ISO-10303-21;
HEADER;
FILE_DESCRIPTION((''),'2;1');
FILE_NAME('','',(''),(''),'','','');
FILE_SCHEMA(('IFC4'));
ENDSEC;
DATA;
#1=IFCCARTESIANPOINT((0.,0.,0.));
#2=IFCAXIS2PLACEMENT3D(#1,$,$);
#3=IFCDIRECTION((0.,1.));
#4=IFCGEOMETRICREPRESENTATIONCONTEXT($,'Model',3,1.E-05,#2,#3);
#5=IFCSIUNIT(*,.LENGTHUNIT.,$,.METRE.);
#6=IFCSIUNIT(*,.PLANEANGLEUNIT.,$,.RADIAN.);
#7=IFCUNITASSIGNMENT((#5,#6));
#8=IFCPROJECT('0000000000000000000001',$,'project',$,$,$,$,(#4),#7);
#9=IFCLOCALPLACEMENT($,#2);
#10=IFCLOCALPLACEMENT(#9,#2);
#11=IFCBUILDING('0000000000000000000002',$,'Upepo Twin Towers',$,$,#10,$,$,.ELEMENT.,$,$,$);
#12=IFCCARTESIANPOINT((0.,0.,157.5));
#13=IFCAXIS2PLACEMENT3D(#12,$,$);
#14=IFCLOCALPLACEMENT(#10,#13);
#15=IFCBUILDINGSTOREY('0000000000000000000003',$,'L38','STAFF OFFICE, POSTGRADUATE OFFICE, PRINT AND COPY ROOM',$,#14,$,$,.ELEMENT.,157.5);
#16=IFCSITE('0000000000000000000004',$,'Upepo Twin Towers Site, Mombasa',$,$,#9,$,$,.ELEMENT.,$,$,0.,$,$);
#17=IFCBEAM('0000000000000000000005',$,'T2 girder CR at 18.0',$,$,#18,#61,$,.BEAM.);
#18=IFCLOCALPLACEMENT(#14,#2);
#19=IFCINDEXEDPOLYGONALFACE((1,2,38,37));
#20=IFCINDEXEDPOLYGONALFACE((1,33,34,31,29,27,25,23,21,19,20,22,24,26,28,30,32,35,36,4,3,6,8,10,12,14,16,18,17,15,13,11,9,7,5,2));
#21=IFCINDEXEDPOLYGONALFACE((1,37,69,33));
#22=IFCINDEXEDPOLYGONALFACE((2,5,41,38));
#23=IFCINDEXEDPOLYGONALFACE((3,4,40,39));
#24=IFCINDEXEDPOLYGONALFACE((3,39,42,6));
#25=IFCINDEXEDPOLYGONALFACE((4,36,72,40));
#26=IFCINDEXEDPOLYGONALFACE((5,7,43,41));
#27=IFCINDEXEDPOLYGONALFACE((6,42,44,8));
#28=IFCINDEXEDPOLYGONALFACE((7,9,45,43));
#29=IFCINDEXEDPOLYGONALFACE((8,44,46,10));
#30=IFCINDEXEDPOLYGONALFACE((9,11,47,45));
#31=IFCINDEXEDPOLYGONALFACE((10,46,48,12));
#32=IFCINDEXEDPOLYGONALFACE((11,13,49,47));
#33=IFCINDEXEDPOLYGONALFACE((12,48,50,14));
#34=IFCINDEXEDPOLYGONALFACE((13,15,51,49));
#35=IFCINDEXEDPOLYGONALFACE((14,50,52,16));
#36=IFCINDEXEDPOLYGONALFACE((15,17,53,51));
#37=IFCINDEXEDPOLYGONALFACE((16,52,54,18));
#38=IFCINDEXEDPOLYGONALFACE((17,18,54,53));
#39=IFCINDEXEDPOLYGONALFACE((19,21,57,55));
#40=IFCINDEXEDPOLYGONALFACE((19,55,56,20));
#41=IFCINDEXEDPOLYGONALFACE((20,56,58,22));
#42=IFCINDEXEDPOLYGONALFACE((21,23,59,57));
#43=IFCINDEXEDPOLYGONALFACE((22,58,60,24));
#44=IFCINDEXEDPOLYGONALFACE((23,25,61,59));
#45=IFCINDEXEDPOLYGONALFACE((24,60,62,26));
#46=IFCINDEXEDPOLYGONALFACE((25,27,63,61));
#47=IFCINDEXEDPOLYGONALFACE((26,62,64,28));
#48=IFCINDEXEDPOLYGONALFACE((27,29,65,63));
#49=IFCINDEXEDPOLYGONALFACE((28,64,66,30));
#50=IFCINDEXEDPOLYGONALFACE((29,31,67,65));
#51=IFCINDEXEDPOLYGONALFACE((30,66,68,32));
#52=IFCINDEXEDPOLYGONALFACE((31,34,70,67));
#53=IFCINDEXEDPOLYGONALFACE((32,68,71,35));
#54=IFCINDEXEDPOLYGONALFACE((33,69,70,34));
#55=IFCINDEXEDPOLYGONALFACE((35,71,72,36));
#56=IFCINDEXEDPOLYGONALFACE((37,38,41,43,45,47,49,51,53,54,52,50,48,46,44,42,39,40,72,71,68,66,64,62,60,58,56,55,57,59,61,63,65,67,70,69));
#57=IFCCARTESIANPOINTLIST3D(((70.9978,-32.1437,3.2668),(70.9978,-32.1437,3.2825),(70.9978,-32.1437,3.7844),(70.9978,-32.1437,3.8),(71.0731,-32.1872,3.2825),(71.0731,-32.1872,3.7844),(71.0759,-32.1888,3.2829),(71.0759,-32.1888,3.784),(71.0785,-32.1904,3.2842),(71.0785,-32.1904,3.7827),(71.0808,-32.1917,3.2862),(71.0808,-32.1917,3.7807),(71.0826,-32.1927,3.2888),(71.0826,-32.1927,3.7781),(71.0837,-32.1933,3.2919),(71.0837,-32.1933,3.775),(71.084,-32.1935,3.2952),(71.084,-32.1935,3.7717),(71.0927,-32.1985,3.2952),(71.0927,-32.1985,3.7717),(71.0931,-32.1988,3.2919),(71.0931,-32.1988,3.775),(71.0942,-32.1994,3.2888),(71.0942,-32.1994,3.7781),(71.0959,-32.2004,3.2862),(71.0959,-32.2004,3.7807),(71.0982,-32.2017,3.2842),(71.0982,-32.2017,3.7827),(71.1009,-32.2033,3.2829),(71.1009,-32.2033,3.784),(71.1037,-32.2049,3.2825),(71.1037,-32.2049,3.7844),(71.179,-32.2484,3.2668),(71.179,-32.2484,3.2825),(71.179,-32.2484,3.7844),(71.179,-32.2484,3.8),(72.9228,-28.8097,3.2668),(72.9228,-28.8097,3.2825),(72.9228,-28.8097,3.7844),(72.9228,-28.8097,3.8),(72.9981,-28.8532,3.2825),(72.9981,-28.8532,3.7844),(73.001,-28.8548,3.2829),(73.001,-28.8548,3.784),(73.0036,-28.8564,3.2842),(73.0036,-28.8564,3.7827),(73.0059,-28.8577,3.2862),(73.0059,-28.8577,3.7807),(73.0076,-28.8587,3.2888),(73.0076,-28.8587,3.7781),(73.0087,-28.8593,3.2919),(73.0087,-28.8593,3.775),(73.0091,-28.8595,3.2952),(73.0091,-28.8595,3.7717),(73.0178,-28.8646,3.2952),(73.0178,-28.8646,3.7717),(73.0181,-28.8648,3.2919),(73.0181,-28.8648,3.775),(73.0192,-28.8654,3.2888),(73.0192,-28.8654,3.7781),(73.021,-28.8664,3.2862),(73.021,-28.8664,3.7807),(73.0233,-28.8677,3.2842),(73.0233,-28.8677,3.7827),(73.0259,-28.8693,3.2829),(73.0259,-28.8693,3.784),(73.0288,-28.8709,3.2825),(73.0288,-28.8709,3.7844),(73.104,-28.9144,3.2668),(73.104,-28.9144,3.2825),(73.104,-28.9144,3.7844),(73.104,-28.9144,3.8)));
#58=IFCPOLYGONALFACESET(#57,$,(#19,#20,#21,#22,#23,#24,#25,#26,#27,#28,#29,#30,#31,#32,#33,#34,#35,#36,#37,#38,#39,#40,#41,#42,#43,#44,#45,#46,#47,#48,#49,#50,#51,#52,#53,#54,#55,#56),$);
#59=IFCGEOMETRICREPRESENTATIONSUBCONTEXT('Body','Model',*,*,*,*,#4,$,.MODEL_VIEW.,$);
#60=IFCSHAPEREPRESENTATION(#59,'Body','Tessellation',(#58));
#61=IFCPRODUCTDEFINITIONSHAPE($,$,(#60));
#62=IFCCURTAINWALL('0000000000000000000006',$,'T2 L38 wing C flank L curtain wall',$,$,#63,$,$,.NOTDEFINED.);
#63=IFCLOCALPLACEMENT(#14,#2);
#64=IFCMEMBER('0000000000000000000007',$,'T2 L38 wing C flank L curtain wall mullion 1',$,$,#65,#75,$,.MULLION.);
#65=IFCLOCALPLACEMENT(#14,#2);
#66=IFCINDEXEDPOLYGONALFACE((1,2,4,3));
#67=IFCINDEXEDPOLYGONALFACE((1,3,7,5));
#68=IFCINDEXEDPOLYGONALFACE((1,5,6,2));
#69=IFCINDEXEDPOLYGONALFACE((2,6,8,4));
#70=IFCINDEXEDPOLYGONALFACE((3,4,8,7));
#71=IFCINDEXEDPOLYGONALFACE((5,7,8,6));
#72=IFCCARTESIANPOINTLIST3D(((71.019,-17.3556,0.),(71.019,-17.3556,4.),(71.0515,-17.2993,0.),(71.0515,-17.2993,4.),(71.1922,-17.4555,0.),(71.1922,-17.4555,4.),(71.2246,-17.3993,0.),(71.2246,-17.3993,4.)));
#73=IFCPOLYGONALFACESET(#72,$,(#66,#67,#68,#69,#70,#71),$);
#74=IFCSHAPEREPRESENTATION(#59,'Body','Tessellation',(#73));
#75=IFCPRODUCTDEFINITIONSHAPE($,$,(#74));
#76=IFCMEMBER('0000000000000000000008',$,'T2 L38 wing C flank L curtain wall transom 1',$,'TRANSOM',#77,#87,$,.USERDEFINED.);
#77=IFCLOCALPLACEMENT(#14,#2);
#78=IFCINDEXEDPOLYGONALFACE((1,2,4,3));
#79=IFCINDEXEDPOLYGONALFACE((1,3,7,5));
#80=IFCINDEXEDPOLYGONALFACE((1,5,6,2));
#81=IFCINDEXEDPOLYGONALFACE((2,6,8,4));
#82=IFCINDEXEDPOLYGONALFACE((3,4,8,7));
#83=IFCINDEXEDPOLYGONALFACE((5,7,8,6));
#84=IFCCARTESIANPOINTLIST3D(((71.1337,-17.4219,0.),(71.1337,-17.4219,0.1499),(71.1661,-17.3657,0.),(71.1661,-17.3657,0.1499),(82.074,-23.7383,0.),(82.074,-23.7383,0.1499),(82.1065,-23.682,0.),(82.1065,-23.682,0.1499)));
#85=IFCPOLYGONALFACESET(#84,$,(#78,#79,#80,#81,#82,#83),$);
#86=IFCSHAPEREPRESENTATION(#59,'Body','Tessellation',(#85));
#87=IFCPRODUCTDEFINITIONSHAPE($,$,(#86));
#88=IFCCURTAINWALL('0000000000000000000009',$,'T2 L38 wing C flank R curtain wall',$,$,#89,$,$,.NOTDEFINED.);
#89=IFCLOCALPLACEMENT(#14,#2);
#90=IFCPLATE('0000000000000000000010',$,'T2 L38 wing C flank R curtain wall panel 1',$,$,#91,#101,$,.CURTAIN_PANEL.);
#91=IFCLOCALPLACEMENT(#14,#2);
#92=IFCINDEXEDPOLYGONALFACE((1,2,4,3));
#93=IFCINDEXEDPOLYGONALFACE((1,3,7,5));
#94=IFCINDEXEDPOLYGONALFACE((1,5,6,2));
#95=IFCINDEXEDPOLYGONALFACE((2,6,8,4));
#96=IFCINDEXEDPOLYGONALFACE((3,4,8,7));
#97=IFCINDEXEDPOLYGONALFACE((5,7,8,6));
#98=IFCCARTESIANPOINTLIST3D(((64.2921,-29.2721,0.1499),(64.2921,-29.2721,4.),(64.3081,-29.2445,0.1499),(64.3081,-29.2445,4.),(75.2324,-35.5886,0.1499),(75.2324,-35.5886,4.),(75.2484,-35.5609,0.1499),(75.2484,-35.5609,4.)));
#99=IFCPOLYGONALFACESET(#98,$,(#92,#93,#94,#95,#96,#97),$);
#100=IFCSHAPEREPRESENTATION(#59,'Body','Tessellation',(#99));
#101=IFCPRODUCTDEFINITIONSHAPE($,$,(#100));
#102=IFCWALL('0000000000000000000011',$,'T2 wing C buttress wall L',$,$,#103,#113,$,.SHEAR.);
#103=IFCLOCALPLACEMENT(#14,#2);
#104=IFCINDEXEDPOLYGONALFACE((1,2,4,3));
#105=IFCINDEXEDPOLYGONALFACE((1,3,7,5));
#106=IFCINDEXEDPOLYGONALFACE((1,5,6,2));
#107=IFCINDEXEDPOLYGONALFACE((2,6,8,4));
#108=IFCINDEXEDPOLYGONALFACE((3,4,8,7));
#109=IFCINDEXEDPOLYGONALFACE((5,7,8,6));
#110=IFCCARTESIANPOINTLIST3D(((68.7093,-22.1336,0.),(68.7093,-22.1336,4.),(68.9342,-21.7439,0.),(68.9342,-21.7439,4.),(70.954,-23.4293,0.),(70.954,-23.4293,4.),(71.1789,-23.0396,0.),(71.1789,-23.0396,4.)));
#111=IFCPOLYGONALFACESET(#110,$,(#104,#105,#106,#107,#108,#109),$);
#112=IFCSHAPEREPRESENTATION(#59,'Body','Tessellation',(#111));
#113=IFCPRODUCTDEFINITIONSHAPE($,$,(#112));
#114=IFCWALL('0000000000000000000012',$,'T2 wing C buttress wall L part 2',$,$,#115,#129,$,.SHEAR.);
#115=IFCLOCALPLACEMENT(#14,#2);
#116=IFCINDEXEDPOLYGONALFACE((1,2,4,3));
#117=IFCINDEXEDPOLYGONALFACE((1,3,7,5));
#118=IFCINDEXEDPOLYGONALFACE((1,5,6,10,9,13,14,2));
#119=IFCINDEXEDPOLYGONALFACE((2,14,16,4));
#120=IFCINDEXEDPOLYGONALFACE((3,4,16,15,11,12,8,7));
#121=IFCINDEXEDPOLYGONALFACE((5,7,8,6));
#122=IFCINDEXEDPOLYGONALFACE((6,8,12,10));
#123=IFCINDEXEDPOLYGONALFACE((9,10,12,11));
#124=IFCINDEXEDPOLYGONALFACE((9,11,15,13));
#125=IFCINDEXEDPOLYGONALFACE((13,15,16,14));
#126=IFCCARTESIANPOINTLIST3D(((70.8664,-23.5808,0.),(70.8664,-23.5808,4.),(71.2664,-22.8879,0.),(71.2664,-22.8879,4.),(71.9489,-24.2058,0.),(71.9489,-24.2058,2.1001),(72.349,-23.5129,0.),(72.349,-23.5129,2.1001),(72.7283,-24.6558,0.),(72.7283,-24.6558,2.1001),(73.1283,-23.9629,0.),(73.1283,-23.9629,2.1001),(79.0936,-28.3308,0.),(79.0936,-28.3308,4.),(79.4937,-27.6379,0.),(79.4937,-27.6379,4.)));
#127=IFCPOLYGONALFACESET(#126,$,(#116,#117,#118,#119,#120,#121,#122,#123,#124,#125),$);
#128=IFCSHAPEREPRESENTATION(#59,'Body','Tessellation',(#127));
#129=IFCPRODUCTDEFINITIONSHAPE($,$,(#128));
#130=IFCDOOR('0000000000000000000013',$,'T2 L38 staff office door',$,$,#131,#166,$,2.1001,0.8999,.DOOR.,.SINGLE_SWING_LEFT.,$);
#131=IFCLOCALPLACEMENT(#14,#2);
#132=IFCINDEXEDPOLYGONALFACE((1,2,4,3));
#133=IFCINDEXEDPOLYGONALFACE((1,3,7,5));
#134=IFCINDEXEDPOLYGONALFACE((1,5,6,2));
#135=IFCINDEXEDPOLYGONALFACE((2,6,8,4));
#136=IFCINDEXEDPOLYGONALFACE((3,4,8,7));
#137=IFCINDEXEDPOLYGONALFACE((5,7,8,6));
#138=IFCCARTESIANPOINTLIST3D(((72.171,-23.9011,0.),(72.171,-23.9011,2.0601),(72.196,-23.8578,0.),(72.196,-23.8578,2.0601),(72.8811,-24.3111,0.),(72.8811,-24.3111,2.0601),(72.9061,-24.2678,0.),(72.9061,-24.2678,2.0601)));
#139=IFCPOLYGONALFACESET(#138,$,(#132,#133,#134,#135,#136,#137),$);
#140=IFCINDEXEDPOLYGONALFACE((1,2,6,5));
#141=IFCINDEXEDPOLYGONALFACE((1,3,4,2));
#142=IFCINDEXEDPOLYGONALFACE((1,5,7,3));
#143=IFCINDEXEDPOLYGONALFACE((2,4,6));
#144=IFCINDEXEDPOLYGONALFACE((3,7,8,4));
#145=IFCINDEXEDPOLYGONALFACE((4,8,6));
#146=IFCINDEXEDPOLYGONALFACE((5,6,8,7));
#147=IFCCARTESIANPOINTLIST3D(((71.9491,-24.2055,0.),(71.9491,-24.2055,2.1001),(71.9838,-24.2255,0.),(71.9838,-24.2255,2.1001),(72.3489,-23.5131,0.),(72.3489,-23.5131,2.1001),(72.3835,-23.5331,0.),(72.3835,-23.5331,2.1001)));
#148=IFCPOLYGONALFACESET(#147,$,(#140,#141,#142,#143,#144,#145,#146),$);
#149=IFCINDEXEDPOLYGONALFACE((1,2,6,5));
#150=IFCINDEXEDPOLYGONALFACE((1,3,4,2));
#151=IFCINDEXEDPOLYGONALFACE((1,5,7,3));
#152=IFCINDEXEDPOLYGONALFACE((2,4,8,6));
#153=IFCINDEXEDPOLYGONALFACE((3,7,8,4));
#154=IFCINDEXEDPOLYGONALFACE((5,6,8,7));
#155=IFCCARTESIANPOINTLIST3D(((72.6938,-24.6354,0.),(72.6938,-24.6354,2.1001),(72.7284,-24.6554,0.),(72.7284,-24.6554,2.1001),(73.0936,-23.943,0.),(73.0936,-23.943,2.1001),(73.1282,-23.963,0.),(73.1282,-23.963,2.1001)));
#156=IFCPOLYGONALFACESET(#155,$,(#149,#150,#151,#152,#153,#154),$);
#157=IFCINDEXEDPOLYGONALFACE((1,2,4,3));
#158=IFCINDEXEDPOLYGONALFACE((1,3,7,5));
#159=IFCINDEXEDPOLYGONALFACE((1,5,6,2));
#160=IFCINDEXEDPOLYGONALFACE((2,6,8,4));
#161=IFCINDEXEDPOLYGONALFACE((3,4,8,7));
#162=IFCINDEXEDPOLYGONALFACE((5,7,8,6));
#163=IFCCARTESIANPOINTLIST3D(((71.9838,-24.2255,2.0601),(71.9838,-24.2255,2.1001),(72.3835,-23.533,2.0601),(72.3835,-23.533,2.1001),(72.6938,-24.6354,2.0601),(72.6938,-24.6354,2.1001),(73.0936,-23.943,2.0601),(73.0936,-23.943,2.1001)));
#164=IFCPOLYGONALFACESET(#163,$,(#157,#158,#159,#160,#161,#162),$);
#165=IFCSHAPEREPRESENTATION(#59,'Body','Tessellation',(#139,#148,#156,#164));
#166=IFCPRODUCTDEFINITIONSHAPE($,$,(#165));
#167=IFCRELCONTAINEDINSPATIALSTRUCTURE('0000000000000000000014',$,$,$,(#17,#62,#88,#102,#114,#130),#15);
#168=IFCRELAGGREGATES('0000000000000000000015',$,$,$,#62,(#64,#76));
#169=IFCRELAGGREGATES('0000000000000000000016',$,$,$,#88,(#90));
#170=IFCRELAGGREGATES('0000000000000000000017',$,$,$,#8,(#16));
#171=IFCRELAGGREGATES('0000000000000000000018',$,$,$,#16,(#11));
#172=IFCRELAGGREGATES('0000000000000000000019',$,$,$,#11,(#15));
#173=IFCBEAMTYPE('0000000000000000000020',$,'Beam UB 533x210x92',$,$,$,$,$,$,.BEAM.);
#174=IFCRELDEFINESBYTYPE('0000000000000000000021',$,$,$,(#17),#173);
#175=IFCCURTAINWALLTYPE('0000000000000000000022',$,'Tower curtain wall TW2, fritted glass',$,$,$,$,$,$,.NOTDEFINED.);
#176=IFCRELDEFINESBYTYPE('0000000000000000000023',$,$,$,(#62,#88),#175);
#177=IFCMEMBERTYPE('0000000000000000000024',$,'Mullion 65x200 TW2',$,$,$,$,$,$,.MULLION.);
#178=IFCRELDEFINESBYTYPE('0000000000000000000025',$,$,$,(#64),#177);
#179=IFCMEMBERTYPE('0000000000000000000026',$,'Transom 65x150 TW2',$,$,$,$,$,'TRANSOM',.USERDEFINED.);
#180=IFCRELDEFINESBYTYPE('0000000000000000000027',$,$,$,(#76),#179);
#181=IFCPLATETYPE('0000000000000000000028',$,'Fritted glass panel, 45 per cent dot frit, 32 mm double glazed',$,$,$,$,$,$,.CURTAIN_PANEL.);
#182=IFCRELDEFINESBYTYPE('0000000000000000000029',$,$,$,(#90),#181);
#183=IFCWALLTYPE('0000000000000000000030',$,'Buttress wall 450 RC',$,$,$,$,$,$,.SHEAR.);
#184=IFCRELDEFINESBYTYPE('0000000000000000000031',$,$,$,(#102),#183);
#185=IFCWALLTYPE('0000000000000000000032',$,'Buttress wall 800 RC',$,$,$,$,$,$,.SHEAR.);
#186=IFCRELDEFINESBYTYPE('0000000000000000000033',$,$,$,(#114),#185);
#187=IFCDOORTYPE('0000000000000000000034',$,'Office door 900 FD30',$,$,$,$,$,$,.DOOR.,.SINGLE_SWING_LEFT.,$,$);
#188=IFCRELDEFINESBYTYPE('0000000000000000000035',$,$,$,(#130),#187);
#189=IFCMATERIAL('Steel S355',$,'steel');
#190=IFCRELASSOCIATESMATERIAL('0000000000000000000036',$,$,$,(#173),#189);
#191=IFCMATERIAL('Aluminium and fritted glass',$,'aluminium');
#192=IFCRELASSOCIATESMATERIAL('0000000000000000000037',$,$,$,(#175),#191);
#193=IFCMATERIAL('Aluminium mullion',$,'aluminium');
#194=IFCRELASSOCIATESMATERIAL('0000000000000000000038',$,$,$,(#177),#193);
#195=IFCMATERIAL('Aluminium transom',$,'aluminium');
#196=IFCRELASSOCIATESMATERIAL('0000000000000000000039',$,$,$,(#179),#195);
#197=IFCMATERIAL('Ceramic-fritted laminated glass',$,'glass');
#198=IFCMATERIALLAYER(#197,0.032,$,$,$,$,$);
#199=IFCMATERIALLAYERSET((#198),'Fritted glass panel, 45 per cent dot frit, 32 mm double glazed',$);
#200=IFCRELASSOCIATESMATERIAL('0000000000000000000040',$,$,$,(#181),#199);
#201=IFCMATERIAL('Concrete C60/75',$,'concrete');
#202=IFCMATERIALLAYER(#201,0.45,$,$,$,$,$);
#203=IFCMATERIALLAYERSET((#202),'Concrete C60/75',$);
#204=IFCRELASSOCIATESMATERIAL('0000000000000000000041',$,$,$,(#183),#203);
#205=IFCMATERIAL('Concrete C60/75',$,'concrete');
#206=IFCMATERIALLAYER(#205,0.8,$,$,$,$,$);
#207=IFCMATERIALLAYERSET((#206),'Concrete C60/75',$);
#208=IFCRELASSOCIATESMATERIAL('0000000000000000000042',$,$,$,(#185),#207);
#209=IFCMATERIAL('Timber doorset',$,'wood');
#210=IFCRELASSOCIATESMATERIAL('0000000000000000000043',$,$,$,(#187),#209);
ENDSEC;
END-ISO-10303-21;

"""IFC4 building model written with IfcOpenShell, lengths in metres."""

from ifc_helpers import new_model, si_unit, direction, frame, frame_2d, origin, origin_2d, place, context, subcontext, project, spatial, rectangle, i_section, extrude, material, layer, layer_set, material_profile, profile_set, type_object, element, fill, aggregate, save


model = new_model("IFC4")

# Units and contexts
model_context = context("Model", 3, precision=1e-05, world=origin(), true_north=direction((0.0, 1.0)))
body_context = subcontext(model_context, "Body", "Model", "MODEL_VIEW")
ifc_project = project(units=[si_unit("LENGTHUNIT", "METRE"), si_unit("PLANEANGLEUNIT", "RADIAN")], contexts=[model_context])

# Site, building, storey
site_placement = place(None, origin())
site = spatial("IfcSite", under=ifc_project, at=site_placement, Name="Upepo Twin Towers Site, Mombasa", CompositionType="ELEMENT", RefElevation=0.0)
building_placement = place(site_placement, origin())
building = spatial("IfcBuilding", under=site, at=building_placement, Name="Upepo Twin Towers", CompositionType="ELEMENT")
storey_placement = place(building_placement, frame((0.0, 0.0, 157.5)))
storey = spatial("IfcBuildingStorey", under=building, at=storey_placement, Name="L38", Description="STAFF OFFICE, POSTGRADUATE OFFICE, PRINT AND COPY ROOM", CompositionType="ELEMENT", Elevation=157.5)

# Beam
ifc_material_1 = material(Name="Steel S355", Category="steel")
ifc_material_profile_1 = material_profile(ifc_material_1, i_section(OverallWidth=0.2092, OverallDepth=0.5332, WebThickness=0.01, FlangeThickness=0.0156, FilletRadius=0.0127, at=origin_2d()), Name="UB 533x210x92")
ifc_profile_set_1 = profile_set([ifc_material_profile_1], Name="Steel S355")
beam_type_1 = type_object("IfcBeamType", Name="Beam UB 533x210x92", PredefinedType="BEAM", material=ifc_profile_set_1)
for number, where, z_axis, x_axis, name in (
    (1, (71.0884, -32.196, 3.5334), (0.500034, 0.866006, 0.0), (-0.866006, 0.500034, 0.0), "T2 girder CR at 18.0"),
):
    element("IfcBeam", number, at=place(storey_placement, frame(where, z_axis=z_axis, x_axis=x_axis)), inside=storey, type_object=beam_type_1, Name=name, PredefinedType="BEAM", context=body_context, shape_type="SweptSolid", body=[
        extrude(i_section(OverallWidth=0.2092, OverallDepth=0.5332, WebThickness=0.01, FlangeThickness=0.0156, FilletRadius=0.0127, at=origin_2d()), origin(), (0.0, 0.0, 1.0), 3.8499),
    ])

# Curtain wall, members
ifc_material_2 = material(Name="Aluminium and fritted glass", Category="aluminium")
curtain_wall_type = type_object("IfcCurtainWallType", Name="Tower curtain wall TW2, fritted glass", PredefinedType="NOTDEFINED", material=ifc_material_2)
curtain_wall_1_placement = place(storey_placement, origin())
curtain_wall_1 = element("IfcCurtainWall", 2, at=curtain_wall_1_placement, inside=storey, type_object=curtain_wall_type, Name="T2 L38 wing C flank L curtain wall", PredefinedType="NOTDEFINED")
ifc_material_3 = material(Name="Aluminium mullion", Category="aluminium")
ifc_material_profile_2 = material_profile(ifc_material_3, rectangle(XDim=0.0649, YDim=0.2, at=origin_2d()), Name="MULLION 65x200")
ifc_profile_set_2 = profile_set([ifc_material_profile_2], Name="Aluminium mullion")
member_type_1 = type_object("IfcMemberType", Name="Mullion 65x200 TW2", PredefinedType="MULLION", material=ifc_profile_set_2)
member_1_placement = place(storey_placement, frame((71.1218, -17.3774, 0.0), z_axis=(0.0, 0.0, 1.0), x_axis=(0.5, 0.866025, 0.0)))
member_1 = element("IfcMember", 3, at=member_1_placement, type_object=member_type_1, Name="T2 L38 wing C flank L curtain wall mullion 1", PredefinedType="MULLION", context=body_context, shape_type="SweptSolid", body=[
    extrude(rectangle(XDim=0.0649, YDim=0.2, at=origin_2d()), origin(), (0.0, 0.0, 1.0), 4.0),
])
ifc_material_4 = material(Name="Aluminium transom", Category="aluminium")
ifc_material_profile_3 = material_profile(ifc_material_4, rectangle(XDim=0.0649, YDim=0.1499, at=origin_2d()), Name="TRANSOM 65x150")
ifc_profile_set_3 = profile_set([ifc_material_profile_3], Name="Aluminium transom")
member_type_2 = type_object("IfcMemberType", Name="Transom 65x150 TW2", ElementType="TRANSOM", PredefinedType="USERDEFINED", material=ifc_profile_set_3)
member_2_placement = place(storey_placement, frame((71.1499, -17.3938, 0.075), z_axis=(0.866027, -0.499997, 0.0), x_axis=(0.499997, 0.866027, 0.0)))
member_2 = element("IfcMember", 4, at=member_2_placement, type_object=member_type_2, Name="T2 L38 wing C flank L curtain wall transom 1", ObjectType="TRANSOM", PredefinedType="USERDEFINED", context=body_context, shape_type="SweptSolid", body=[
    extrude(rectangle(XDim=0.0649, YDim=0.1499, at=origin_2d()), origin(), (0.0, 0.0, 1.0), 12.6328),
])
aggregate(curtain_wall_1, [member_1, member_2])

# Curtain wall, plate
curtain_wall_2_placement = place(storey_placement, origin())
curtain_wall_2 = element("IfcCurtainWall", 5, at=curtain_wall_2_placement, inside=storey, type_object=curtain_wall_type, Name="T2 L38 wing C flank R curtain wall", PredefinedType="NOTDEFINED")
ifc_material_5 = material(Name="Ceramic-fritted laminated glass", Category="glass")
ifc_layer_1 = layer(ifc_material_5, 0.032)
ifc_layer_set_1 = layer_set([ifc_layer_1], Name="Fritted glass panel, 45 per cent dot frit, 32 mm double glazed")
plate_type = type_object("IfcPlateType", Name="Fritted glass panel, 45 per cent dot frit, 32 mm double glazed", PredefinedType="CURTAIN_PANEL", material=ifc_layer_set_1)
plate_placement = place(storey_placement, frame((69.7703, -32.4165, 0.1499), z_axis=(0.0, 0.0, 1.0), x_axis=(-0.866025, 0.5, 0.0)))
plate = element("IfcPlate", 6, at=plate_placement, type_object=plate_type, Name="T2 L38 wing C flank R curtain wall panel 1", PredefinedType="CURTAIN_PANEL", context=body_context, shape_type="SweptSolid", body=[
    extrude(rectangle(XDim=12.6328, YDim=0.032, at=origin_2d()), origin(), (0.0, 0.0, 1.0), 3.8501),
])
aggregate(curtain_wall_2, [plate])

# Wall
ifc_material_6 = material(Name="Concrete C60/75", Category="concrete")
ifc_layer_2 = layer(ifc_material_6, 0.45)
ifc_layer_set_2 = layer_set([ifc_layer_2], Name="Concrete C60/75")
wall_type_1 = type_object("IfcWallType", Name="Buttress wall 450 RC", PredefinedType="SHEAR", material=ifc_layer_set_2)
wall_1_placement = place(storey_placement, frame((68.8218, -21.9387, 0.0), z_axis=(0.0, 0.0, 1.0), x_axis=(0.866073, -0.499918, 0.0)))
element("IfcWall", 7, at=wall_1_placement, inside=storey, type_object=wall_type_1, Name="T2 wing C buttress wall L", PredefinedType="SHEAR", context=body_context, shape_type="SweptSolid", body=[
    extrude(rectangle(XDim=2.5918, YDim=0.45, at=frame_2d((1.2959, 0.0))), origin(), (0.0, 0.0, 1.0), 4.0),
])

# Wall, opening, door
ifc_material_7 = material(Name="Concrete C60/75", Category="concrete")
ifc_layer_3 = layer(ifc_material_7, 0.8)
ifc_layer_set_3 = layer_set([ifc_layer_3], Name="Concrete C60/75")
wall_type_2 = type_object("IfcWallType", Name="Buttress wall 800 RC", PredefinedType="SHEAR", material=ifc_layer_set_3)
wall_2_placement = place(storey_placement, frame((71.0664, -23.2344, 0.0), z_axis=(0.0, 0.0, 1.0), x_axis=(0.866027, -0.499998, 0.0)))
wall_2 = element("IfcWall", 8, at=wall_2_placement, inside=storey, type_object=wall_type_2, Name="T2 wing C buttress wall L part 2", PredefinedType="SHEAR", context=body_context, shape_type="SweptSolid", body=[
    extrude(rectangle(XDim=9.5, YDim=0.8, at=frame_2d((4.75, 0.0))), origin(), (0.0, 0.0, 1.0), 4.0),
])
opening_1_placement = place(wall_2_placement, frame((1.25, 0.0, 0.0)))
opening_1 = element("IfcOpeningElement", 9, at=opening_1_placement, cuts=wall_2, PredefinedType="OPENING", context=body_context, shape_type="SweptSolid", body=[
    extrude(rectangle(XDim=0.8999, YDim=2.1001, at=frame_2d((0.45, 1.05))), frame((0.0, 0.4099, 0.0), z_axis=(0.0, -1.0, 0.0), x_axis=(1.0, 0.0, 0.0)), (0.0, 0.0, 1.0), 0.8201),
])
ifc_material_8 = material(Name="Timber doorset", Category="wood")
door_type = type_object("IfcDoorType", Name="Office door 900 FD30", OperationType="SINGLE_SWING_LEFT", PredefinedType="DOOR", material=ifc_material_8)
door_1_placement = place(opening_1_placement, origin())
door_1 = element("IfcDoor", 10, at=door_1_placement, inside=storey, type_object=door_type, Name="T2 L38 staff office door", OperationType="SINGLE_SWING_LEFT", OverallHeight=2.1001, OverallWidth=0.8999, PredefinedType="DOOR", context=body_context, shape_type="SweptSolid", body=[
    extrude(rectangle(XDim=0.8199, YDim=2.0601, at=frame_2d((0.45, 1.03))), frame((0.0, 0.0249, 0.0), z_axis=(0.0, -1.0, 0.0), x_axis=(1.0, 0.0, 0.0)), (0.0, 0.0, 1.0), 0.05),
    extrude(rectangle(XDim=0.04, YDim=2.1001, at=frame_2d((0.02, 1.05))), frame((0.0, 0.3999, 0.0), z_axis=(0.0, -1.0, 0.0), x_axis=(1.0, 0.0, 0.0)), (0.0, 0.0, 1.0), 0.7996),
    extrude(rectangle(XDim=0.04, YDim=2.1001, at=frame_2d((0.8799, 1.05))), frame((0.0, 0.3999, 0.0), z_axis=(0.0, -1.0, 0.0), x_axis=(1.0, 0.0, 0.0)), (0.0, 0.0, 1.0), 0.7996),
    extrude(rectangle(XDim=0.8199, YDim=0.04, at=frame_2d((0.45, 2.0801))), frame((0.0, 0.3999, 0.0), z_axis=(0.0, -1.0, 0.0), x_axis=(1.0, 0.0, 0.0)), (0.0, 0.0, 1.0), 0.7996),
])
fill(opening_1, door_1)

save(model, "model.ifc")
